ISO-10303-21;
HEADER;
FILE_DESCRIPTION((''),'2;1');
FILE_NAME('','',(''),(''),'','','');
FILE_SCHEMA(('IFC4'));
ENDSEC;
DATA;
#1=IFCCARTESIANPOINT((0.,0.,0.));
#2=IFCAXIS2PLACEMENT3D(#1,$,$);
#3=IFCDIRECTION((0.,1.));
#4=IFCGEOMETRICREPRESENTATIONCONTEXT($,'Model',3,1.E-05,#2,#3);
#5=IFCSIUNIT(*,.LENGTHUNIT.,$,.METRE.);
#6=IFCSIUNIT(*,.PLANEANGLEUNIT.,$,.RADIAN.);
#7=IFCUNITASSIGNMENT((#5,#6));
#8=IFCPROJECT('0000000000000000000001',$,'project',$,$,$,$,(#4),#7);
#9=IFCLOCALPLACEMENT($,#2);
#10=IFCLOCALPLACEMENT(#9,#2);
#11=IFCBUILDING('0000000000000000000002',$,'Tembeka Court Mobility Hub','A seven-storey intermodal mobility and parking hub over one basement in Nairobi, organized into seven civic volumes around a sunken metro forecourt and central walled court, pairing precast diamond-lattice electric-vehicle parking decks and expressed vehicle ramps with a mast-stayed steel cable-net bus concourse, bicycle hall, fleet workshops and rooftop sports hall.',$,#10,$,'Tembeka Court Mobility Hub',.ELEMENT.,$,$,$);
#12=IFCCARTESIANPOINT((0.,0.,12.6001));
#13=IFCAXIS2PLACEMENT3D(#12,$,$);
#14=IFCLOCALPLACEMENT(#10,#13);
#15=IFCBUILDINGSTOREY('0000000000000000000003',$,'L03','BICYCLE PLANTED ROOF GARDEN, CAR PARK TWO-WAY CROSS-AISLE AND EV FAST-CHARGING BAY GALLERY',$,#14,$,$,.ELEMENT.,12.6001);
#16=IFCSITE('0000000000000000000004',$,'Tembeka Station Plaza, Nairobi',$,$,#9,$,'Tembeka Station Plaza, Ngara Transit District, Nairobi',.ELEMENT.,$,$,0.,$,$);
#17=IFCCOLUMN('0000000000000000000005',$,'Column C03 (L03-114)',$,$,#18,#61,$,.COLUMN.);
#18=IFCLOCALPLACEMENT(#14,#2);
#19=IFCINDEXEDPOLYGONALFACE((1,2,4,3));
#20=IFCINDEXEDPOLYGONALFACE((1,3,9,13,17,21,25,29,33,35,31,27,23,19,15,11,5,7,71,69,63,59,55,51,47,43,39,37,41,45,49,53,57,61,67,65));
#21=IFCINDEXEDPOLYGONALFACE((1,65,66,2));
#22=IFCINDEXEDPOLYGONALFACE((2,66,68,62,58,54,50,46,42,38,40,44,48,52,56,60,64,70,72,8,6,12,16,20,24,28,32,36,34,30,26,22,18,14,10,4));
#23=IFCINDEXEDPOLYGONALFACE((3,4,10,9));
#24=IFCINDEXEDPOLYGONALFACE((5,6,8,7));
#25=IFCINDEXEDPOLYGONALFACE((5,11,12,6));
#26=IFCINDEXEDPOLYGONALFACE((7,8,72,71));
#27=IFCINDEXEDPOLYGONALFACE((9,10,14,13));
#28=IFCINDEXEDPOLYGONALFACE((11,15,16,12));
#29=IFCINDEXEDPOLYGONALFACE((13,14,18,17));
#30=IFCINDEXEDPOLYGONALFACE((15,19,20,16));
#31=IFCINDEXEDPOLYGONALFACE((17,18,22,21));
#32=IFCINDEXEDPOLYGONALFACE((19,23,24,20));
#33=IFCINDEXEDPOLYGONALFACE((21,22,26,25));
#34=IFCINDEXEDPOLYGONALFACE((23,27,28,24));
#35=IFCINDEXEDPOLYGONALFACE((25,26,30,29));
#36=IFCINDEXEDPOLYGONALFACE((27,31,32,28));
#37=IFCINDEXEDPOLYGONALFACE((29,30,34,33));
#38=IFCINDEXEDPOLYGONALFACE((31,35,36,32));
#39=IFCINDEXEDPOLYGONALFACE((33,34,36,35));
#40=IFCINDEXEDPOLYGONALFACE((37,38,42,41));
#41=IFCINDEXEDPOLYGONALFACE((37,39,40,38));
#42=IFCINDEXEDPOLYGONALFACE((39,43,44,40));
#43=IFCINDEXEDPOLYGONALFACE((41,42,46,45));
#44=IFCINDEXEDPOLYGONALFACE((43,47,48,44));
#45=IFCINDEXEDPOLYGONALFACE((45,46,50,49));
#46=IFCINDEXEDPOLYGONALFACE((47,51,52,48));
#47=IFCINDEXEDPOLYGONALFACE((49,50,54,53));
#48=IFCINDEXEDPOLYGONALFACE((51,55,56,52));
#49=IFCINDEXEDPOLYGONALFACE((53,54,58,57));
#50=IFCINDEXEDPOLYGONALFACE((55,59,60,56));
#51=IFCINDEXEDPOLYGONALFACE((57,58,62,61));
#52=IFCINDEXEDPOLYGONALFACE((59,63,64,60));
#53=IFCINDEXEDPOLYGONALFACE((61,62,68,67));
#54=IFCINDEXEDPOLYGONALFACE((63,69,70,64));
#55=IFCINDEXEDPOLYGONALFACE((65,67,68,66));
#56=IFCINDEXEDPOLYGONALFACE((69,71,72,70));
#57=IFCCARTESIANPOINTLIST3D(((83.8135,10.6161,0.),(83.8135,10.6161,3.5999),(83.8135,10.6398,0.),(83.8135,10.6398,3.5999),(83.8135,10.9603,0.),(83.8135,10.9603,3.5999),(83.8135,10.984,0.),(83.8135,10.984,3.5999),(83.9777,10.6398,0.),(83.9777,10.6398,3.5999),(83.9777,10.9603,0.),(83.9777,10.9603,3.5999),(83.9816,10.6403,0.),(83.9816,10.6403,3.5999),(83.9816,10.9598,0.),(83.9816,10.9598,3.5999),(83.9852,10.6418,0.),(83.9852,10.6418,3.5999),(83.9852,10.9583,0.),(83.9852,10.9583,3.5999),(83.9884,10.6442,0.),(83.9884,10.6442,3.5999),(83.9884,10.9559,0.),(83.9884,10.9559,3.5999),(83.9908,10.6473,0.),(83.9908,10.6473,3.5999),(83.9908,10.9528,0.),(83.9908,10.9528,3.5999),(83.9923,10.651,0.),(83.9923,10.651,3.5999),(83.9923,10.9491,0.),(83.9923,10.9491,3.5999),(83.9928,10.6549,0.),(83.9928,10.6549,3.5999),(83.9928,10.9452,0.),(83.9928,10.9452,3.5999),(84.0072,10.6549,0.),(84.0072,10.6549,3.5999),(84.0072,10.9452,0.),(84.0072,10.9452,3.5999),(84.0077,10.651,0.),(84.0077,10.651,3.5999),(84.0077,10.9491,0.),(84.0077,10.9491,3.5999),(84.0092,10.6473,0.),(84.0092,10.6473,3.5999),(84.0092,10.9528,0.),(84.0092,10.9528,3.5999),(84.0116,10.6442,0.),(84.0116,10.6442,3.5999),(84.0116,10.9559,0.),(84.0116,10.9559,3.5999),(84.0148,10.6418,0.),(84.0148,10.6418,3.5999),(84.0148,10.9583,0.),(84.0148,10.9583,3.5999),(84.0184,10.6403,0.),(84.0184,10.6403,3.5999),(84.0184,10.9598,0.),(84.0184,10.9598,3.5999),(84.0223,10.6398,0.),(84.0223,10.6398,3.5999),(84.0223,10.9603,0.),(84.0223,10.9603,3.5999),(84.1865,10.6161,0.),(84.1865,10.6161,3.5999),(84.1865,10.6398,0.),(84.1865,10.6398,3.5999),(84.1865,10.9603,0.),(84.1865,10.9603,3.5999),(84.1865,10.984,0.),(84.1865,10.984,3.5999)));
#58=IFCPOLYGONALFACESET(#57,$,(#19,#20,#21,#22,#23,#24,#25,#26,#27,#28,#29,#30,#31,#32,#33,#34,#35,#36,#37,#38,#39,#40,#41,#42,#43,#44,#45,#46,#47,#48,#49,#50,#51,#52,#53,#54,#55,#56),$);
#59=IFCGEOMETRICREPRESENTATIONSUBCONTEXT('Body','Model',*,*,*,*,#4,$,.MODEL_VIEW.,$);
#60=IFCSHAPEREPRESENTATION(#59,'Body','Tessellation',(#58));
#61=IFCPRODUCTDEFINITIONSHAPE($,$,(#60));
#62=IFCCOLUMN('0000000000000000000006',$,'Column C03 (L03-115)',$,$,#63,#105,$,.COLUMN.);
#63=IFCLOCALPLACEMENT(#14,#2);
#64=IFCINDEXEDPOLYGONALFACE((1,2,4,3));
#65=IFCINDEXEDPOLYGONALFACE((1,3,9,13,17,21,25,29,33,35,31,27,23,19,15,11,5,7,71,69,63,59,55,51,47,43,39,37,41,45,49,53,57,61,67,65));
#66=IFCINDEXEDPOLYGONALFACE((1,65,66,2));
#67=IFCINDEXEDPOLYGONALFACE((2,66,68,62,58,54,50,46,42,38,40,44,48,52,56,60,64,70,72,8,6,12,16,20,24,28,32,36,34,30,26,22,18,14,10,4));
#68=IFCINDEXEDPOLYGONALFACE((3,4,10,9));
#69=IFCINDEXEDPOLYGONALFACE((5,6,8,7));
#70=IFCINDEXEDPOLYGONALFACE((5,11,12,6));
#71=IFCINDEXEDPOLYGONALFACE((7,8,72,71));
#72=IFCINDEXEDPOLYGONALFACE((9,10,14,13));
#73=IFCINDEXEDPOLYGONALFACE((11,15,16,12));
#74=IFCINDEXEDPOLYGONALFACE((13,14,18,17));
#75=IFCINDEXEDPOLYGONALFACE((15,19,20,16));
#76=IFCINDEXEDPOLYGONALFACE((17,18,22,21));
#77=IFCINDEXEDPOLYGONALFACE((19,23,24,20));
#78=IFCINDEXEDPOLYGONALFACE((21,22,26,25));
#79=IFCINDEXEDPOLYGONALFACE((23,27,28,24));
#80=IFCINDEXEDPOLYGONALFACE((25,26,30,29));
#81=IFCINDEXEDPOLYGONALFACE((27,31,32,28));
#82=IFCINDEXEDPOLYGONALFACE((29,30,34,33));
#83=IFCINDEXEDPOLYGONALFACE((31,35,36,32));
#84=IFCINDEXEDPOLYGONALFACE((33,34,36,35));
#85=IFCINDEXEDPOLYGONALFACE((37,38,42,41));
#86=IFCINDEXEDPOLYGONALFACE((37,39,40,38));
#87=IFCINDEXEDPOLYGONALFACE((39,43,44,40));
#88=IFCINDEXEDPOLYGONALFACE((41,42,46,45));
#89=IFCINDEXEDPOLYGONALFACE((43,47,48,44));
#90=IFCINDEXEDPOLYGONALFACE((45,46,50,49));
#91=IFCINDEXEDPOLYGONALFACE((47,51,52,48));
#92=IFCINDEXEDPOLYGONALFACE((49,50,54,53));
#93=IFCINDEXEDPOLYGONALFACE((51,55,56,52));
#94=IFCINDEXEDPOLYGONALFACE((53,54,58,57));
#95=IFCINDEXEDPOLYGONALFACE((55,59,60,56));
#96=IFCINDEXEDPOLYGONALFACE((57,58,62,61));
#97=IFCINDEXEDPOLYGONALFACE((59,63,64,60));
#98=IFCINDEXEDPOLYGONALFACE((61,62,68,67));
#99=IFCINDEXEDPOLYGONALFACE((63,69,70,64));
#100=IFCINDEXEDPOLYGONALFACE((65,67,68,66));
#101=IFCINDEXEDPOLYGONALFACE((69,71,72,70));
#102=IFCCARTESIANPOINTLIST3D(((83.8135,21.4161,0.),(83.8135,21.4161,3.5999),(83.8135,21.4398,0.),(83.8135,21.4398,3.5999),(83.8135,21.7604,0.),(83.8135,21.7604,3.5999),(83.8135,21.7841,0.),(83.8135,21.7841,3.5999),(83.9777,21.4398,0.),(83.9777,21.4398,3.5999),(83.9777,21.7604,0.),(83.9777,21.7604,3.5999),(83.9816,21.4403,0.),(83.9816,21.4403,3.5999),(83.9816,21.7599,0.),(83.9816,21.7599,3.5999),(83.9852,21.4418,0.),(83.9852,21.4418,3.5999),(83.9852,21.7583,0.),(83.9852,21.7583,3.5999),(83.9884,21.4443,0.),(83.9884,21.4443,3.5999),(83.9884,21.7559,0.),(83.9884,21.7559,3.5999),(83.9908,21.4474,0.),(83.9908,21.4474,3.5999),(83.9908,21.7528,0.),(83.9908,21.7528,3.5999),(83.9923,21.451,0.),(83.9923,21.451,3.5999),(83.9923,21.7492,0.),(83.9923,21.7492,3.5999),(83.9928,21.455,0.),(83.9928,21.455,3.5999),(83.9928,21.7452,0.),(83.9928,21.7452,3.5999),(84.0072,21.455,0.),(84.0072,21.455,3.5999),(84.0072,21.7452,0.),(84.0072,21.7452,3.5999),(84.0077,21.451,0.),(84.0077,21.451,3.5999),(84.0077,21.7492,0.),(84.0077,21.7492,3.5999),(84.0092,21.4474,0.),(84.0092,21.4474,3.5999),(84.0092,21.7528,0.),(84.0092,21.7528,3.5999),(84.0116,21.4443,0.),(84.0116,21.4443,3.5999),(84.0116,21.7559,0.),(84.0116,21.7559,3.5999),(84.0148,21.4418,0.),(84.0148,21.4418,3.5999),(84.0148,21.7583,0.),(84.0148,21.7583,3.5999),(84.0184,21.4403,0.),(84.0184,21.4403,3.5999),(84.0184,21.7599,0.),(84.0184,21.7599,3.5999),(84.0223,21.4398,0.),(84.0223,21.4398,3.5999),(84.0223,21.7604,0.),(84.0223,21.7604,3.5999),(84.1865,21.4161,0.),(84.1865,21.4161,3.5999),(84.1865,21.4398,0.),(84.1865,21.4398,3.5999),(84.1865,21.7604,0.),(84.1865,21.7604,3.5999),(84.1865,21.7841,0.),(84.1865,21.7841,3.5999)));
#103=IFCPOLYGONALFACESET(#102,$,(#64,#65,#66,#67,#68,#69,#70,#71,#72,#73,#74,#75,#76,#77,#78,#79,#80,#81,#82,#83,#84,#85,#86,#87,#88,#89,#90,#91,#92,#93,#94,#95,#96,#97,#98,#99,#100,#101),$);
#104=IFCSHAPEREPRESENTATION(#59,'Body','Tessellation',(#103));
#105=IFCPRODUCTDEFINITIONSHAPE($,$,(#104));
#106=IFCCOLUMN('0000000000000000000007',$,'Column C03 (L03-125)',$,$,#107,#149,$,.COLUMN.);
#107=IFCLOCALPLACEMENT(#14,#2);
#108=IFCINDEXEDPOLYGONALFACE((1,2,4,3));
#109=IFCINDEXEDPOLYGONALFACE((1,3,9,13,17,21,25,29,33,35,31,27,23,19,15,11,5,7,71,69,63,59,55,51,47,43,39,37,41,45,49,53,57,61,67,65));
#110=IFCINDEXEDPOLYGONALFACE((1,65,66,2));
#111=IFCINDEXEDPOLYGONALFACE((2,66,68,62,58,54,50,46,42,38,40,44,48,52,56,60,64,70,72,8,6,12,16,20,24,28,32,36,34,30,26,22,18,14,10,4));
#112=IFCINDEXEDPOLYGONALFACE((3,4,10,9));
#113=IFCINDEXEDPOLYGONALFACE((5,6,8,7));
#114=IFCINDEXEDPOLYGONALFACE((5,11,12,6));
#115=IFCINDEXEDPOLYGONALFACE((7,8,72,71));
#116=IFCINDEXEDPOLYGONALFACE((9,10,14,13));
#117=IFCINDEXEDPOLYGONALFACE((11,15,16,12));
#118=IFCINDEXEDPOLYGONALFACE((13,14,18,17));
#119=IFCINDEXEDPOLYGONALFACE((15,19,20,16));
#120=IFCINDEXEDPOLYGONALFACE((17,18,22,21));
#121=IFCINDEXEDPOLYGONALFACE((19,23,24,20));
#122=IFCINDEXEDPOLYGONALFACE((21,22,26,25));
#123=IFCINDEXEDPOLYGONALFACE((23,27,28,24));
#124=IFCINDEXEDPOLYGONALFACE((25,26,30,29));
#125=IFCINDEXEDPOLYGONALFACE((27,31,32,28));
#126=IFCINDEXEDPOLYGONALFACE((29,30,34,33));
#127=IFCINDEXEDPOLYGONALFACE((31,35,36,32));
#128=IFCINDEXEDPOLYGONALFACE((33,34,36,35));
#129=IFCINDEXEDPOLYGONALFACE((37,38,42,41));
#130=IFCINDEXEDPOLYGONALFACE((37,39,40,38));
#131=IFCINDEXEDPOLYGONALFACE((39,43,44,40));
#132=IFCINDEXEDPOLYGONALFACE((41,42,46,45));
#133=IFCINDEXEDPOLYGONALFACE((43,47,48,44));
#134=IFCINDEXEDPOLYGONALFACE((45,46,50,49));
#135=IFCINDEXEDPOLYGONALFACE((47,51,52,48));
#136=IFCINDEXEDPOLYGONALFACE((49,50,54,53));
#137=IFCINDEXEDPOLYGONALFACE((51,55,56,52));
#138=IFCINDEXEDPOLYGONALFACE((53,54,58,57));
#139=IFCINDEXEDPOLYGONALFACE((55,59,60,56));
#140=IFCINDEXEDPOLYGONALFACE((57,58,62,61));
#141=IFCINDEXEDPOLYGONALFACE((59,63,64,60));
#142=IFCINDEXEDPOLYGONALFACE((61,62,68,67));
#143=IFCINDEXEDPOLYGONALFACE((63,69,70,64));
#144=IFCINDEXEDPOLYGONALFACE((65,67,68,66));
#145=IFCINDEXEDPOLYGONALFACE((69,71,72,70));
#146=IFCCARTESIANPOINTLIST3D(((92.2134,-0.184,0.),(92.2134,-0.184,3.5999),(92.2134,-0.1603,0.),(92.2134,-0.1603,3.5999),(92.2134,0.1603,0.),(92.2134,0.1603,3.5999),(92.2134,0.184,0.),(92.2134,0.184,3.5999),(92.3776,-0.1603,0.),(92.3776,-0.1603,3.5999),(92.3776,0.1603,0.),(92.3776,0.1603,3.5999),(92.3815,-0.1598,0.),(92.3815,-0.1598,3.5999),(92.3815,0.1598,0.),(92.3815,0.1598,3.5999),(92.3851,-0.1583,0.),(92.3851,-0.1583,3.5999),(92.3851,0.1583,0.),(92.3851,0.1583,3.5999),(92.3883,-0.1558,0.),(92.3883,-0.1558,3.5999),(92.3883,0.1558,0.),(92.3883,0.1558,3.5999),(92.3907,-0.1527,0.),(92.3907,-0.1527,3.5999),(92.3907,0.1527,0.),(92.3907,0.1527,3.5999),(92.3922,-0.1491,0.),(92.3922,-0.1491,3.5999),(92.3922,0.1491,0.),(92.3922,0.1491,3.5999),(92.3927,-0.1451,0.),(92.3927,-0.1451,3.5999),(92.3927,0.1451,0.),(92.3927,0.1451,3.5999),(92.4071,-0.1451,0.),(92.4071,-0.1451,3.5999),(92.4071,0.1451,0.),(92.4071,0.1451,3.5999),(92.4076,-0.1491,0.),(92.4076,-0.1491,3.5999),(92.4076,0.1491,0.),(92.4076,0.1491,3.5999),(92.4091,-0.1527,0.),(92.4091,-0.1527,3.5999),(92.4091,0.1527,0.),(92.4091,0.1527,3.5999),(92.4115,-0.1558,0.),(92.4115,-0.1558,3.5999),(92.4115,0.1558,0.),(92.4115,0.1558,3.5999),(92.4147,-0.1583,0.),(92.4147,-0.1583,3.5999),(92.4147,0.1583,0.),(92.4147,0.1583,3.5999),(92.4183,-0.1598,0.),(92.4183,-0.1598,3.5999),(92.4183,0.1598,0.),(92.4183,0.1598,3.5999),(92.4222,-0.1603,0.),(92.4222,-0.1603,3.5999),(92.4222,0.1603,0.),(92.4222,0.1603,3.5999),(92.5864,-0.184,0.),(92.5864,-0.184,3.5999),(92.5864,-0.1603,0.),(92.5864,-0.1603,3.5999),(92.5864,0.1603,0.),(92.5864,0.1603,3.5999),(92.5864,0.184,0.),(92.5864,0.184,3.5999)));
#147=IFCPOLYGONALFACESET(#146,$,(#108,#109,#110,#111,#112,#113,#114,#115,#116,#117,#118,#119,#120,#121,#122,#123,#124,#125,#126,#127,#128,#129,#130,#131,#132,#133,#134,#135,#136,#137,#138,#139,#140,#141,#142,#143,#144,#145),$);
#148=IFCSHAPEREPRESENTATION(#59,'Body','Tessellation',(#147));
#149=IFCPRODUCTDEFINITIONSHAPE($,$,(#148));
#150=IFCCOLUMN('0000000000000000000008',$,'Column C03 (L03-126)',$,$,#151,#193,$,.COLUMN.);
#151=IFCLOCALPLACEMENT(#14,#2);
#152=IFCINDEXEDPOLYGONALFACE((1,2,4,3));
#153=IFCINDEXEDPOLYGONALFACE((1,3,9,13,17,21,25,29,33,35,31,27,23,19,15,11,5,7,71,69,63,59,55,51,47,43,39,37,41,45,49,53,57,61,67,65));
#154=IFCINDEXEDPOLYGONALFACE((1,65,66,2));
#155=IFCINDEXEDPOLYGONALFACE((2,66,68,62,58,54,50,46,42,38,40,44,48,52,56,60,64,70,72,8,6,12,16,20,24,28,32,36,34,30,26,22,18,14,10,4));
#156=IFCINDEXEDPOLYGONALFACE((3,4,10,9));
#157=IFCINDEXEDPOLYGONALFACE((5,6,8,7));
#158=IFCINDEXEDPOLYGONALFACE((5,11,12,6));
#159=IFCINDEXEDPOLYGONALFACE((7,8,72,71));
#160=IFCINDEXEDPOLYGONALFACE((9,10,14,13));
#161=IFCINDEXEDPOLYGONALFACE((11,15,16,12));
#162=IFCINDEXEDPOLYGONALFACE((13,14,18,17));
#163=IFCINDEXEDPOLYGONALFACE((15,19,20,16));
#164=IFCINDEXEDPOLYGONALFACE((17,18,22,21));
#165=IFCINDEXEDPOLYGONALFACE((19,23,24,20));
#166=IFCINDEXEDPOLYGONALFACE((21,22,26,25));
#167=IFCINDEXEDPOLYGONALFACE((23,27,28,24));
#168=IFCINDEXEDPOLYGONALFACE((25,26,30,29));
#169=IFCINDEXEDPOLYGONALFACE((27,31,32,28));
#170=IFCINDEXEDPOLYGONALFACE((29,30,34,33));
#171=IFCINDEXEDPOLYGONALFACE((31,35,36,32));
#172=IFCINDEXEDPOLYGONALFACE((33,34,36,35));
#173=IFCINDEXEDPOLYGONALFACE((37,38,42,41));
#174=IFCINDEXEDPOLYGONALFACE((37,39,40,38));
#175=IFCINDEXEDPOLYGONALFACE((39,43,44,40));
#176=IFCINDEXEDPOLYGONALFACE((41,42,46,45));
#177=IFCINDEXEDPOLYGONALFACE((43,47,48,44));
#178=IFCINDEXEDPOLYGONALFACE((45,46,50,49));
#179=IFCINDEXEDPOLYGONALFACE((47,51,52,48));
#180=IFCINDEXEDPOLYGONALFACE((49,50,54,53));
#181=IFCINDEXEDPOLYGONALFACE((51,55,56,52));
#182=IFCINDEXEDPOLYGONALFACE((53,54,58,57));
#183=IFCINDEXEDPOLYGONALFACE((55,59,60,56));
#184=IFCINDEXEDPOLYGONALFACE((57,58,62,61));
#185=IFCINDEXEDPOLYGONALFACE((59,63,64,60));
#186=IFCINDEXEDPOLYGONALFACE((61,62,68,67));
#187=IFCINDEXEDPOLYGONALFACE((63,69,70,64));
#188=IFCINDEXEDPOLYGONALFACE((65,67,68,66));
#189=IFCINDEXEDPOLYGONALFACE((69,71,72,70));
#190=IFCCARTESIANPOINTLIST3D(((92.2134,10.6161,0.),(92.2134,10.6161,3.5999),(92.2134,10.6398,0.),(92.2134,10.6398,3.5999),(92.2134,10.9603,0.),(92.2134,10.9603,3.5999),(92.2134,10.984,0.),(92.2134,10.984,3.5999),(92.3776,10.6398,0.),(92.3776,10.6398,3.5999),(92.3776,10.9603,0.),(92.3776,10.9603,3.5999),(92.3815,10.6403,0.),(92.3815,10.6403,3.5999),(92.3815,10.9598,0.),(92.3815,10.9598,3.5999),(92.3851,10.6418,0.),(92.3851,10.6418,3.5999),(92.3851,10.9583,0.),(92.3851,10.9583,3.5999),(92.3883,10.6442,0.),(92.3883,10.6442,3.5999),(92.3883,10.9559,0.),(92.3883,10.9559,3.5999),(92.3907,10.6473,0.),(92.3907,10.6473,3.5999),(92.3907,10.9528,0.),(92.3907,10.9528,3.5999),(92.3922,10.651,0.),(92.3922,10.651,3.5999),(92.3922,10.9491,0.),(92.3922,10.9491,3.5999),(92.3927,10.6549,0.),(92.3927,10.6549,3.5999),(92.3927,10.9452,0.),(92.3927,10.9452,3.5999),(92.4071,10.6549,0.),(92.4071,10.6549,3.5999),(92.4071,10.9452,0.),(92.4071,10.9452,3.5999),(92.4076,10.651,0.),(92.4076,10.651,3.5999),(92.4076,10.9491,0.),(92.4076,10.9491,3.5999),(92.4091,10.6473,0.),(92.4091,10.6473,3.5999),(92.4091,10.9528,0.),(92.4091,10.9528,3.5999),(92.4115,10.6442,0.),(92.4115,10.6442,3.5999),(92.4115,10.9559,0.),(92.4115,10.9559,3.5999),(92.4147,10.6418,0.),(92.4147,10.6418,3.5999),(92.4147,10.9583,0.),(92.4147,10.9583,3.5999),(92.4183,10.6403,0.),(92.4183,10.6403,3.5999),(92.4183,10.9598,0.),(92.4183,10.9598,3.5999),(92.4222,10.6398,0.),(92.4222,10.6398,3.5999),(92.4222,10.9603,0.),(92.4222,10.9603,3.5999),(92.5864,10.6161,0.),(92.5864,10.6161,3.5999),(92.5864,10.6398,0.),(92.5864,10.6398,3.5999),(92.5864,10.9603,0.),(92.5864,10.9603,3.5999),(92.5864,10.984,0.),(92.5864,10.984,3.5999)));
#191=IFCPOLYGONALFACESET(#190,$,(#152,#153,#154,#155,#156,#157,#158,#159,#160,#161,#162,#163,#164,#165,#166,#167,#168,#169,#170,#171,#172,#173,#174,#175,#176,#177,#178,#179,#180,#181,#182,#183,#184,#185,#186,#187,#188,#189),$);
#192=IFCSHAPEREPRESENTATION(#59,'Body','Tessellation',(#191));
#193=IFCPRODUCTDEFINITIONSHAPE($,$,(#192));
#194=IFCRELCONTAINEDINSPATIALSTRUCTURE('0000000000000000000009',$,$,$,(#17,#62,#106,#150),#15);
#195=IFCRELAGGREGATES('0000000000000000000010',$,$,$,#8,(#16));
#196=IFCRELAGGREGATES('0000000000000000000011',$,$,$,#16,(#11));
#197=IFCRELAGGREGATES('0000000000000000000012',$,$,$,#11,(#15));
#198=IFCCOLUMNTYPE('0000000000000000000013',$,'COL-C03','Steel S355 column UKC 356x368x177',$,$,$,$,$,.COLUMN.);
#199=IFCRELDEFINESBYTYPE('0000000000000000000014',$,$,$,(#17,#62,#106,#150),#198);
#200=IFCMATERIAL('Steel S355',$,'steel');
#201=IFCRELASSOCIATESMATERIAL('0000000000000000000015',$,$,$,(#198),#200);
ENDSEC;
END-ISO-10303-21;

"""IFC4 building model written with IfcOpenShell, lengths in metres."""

from ifc_helpers import new_model, si_unit, direction, frame, origin, origin_2d, place, context, subcontext, project, spatial, i_section, extrude, material, material_profile, profile_set, type_object, element, save


model = new_model("IFC4")

# Units and contexts
model_context = context("Model", 3, precision=1e-05, world=origin(), true_north=direction((0.0, 1.0)))
body_context = subcontext(model_context, "Body", "Model", "MODEL_VIEW")
ifc_project = project(units=[si_unit("LENGTHUNIT", "METRE"), si_unit("PLANEANGLEUNIT", "RADIAN")], contexts=[model_context])

# Site, building, storey
site_placement = place(None, origin())
site = spatial("IfcSite", under=ifc_project, at=site_placement, Name="Tembeka Station Plaza, Nairobi", LongName="Tembeka Station Plaza, Ngara Transit District, Nairobi", CompositionType="ELEMENT", RefElevation=0.0)
building_placement = place(site_placement, origin())
building = spatial("IfcBuilding", under=site, at=building_placement, Name="Tembeka Court Mobility Hub", Description="A seven-storey intermodal mobility and parking hub over one basement in Nairobi, organized into seven civic volumes around a sunken metro forecourt and central walled court, pairing precast diamond-lattice electric-vehicle parking decks and expressed vehicle ramps with a mast-stayed steel cable-net bus concourse, bicycle hall, fleet workshops and rooftop sports hall.", LongName="Tembeka Court Mobility Hub", CompositionType="ELEMENT")
storey_placement = place(building_placement, frame((0.0, 0.0, 12.6001)))
storey = spatial("IfcBuildingStorey", under=building, at=storey_placement, Name="L03", Description="BICYCLE PLANTED ROOF GARDEN, CAR PARK TWO-WAY CROSS-AISLE AND EV FAST-CHARGING BAY GALLERY", CompositionType="ELEMENT", Elevation=12.6001)

# Columns
ifc_material_1 = material(Name="Steel S355", Category="steel")
ifc_material_profile_1 = material_profile(ifc_material_1, i_section(OverallWidth=0.373, OverallDepth=0.3679, WebThickness=0.0144, FlangeThickness=0.0237, FilletRadius=0.0151, at=origin_2d()), Name="UKC 356x368x177")
ifc_profile_set_1 = profile_set([ifc_material_profile_1], Name="Steel S355")
column_type = type_object("IfcColumnType", Name="COL-C03", Description="Steel S355 column UKC 356x368x177", PredefinedType="COLUMN", material=ifc_profile_set_1)
for number, where, z_axis, x_axis, name in (
    (1, (84.0, 10.8, 0.0), (0.0, 0.0, 1.0), (1.0, 0.0, 0.0), "Column C03 (L03-114)"),
    (2, (84.0, 21.6001, 0.0), (0.0, 0.0, 1.0), (1.0, 0.0, 0.0), "Column C03 (L03-115)"),
    (3, (92.3999, 0.0, 0.0), (0.0, 0.0, 1.0), (1.0, 0.0, 0.0), "Column C03 (L03-125)"),
    (4, (92.3999, 10.8, 0.0), (0.0, 0.0, 1.0), (1.0, 0.0, 0.0), "Column C03 (L03-126)"),
):
    element("IfcColumn", number, at=place(storey_placement, frame(where, z_axis=z_axis, x_axis=x_axis)), inside=storey, type_object=column_type, Name=name, PredefinedType="COLUMN", context=body_context, shape_type="SweptSolid", body=[
        extrude(i_section(OverallWidth=0.373, OverallDepth=0.3679, WebThickness=0.0144, FlangeThickness=0.0237, FilletRadius=0.0151, at=origin_2d()), origin(), (0.0, 0.0, 1.0), 3.5999),
    ])

save(model, "model.ifc")
